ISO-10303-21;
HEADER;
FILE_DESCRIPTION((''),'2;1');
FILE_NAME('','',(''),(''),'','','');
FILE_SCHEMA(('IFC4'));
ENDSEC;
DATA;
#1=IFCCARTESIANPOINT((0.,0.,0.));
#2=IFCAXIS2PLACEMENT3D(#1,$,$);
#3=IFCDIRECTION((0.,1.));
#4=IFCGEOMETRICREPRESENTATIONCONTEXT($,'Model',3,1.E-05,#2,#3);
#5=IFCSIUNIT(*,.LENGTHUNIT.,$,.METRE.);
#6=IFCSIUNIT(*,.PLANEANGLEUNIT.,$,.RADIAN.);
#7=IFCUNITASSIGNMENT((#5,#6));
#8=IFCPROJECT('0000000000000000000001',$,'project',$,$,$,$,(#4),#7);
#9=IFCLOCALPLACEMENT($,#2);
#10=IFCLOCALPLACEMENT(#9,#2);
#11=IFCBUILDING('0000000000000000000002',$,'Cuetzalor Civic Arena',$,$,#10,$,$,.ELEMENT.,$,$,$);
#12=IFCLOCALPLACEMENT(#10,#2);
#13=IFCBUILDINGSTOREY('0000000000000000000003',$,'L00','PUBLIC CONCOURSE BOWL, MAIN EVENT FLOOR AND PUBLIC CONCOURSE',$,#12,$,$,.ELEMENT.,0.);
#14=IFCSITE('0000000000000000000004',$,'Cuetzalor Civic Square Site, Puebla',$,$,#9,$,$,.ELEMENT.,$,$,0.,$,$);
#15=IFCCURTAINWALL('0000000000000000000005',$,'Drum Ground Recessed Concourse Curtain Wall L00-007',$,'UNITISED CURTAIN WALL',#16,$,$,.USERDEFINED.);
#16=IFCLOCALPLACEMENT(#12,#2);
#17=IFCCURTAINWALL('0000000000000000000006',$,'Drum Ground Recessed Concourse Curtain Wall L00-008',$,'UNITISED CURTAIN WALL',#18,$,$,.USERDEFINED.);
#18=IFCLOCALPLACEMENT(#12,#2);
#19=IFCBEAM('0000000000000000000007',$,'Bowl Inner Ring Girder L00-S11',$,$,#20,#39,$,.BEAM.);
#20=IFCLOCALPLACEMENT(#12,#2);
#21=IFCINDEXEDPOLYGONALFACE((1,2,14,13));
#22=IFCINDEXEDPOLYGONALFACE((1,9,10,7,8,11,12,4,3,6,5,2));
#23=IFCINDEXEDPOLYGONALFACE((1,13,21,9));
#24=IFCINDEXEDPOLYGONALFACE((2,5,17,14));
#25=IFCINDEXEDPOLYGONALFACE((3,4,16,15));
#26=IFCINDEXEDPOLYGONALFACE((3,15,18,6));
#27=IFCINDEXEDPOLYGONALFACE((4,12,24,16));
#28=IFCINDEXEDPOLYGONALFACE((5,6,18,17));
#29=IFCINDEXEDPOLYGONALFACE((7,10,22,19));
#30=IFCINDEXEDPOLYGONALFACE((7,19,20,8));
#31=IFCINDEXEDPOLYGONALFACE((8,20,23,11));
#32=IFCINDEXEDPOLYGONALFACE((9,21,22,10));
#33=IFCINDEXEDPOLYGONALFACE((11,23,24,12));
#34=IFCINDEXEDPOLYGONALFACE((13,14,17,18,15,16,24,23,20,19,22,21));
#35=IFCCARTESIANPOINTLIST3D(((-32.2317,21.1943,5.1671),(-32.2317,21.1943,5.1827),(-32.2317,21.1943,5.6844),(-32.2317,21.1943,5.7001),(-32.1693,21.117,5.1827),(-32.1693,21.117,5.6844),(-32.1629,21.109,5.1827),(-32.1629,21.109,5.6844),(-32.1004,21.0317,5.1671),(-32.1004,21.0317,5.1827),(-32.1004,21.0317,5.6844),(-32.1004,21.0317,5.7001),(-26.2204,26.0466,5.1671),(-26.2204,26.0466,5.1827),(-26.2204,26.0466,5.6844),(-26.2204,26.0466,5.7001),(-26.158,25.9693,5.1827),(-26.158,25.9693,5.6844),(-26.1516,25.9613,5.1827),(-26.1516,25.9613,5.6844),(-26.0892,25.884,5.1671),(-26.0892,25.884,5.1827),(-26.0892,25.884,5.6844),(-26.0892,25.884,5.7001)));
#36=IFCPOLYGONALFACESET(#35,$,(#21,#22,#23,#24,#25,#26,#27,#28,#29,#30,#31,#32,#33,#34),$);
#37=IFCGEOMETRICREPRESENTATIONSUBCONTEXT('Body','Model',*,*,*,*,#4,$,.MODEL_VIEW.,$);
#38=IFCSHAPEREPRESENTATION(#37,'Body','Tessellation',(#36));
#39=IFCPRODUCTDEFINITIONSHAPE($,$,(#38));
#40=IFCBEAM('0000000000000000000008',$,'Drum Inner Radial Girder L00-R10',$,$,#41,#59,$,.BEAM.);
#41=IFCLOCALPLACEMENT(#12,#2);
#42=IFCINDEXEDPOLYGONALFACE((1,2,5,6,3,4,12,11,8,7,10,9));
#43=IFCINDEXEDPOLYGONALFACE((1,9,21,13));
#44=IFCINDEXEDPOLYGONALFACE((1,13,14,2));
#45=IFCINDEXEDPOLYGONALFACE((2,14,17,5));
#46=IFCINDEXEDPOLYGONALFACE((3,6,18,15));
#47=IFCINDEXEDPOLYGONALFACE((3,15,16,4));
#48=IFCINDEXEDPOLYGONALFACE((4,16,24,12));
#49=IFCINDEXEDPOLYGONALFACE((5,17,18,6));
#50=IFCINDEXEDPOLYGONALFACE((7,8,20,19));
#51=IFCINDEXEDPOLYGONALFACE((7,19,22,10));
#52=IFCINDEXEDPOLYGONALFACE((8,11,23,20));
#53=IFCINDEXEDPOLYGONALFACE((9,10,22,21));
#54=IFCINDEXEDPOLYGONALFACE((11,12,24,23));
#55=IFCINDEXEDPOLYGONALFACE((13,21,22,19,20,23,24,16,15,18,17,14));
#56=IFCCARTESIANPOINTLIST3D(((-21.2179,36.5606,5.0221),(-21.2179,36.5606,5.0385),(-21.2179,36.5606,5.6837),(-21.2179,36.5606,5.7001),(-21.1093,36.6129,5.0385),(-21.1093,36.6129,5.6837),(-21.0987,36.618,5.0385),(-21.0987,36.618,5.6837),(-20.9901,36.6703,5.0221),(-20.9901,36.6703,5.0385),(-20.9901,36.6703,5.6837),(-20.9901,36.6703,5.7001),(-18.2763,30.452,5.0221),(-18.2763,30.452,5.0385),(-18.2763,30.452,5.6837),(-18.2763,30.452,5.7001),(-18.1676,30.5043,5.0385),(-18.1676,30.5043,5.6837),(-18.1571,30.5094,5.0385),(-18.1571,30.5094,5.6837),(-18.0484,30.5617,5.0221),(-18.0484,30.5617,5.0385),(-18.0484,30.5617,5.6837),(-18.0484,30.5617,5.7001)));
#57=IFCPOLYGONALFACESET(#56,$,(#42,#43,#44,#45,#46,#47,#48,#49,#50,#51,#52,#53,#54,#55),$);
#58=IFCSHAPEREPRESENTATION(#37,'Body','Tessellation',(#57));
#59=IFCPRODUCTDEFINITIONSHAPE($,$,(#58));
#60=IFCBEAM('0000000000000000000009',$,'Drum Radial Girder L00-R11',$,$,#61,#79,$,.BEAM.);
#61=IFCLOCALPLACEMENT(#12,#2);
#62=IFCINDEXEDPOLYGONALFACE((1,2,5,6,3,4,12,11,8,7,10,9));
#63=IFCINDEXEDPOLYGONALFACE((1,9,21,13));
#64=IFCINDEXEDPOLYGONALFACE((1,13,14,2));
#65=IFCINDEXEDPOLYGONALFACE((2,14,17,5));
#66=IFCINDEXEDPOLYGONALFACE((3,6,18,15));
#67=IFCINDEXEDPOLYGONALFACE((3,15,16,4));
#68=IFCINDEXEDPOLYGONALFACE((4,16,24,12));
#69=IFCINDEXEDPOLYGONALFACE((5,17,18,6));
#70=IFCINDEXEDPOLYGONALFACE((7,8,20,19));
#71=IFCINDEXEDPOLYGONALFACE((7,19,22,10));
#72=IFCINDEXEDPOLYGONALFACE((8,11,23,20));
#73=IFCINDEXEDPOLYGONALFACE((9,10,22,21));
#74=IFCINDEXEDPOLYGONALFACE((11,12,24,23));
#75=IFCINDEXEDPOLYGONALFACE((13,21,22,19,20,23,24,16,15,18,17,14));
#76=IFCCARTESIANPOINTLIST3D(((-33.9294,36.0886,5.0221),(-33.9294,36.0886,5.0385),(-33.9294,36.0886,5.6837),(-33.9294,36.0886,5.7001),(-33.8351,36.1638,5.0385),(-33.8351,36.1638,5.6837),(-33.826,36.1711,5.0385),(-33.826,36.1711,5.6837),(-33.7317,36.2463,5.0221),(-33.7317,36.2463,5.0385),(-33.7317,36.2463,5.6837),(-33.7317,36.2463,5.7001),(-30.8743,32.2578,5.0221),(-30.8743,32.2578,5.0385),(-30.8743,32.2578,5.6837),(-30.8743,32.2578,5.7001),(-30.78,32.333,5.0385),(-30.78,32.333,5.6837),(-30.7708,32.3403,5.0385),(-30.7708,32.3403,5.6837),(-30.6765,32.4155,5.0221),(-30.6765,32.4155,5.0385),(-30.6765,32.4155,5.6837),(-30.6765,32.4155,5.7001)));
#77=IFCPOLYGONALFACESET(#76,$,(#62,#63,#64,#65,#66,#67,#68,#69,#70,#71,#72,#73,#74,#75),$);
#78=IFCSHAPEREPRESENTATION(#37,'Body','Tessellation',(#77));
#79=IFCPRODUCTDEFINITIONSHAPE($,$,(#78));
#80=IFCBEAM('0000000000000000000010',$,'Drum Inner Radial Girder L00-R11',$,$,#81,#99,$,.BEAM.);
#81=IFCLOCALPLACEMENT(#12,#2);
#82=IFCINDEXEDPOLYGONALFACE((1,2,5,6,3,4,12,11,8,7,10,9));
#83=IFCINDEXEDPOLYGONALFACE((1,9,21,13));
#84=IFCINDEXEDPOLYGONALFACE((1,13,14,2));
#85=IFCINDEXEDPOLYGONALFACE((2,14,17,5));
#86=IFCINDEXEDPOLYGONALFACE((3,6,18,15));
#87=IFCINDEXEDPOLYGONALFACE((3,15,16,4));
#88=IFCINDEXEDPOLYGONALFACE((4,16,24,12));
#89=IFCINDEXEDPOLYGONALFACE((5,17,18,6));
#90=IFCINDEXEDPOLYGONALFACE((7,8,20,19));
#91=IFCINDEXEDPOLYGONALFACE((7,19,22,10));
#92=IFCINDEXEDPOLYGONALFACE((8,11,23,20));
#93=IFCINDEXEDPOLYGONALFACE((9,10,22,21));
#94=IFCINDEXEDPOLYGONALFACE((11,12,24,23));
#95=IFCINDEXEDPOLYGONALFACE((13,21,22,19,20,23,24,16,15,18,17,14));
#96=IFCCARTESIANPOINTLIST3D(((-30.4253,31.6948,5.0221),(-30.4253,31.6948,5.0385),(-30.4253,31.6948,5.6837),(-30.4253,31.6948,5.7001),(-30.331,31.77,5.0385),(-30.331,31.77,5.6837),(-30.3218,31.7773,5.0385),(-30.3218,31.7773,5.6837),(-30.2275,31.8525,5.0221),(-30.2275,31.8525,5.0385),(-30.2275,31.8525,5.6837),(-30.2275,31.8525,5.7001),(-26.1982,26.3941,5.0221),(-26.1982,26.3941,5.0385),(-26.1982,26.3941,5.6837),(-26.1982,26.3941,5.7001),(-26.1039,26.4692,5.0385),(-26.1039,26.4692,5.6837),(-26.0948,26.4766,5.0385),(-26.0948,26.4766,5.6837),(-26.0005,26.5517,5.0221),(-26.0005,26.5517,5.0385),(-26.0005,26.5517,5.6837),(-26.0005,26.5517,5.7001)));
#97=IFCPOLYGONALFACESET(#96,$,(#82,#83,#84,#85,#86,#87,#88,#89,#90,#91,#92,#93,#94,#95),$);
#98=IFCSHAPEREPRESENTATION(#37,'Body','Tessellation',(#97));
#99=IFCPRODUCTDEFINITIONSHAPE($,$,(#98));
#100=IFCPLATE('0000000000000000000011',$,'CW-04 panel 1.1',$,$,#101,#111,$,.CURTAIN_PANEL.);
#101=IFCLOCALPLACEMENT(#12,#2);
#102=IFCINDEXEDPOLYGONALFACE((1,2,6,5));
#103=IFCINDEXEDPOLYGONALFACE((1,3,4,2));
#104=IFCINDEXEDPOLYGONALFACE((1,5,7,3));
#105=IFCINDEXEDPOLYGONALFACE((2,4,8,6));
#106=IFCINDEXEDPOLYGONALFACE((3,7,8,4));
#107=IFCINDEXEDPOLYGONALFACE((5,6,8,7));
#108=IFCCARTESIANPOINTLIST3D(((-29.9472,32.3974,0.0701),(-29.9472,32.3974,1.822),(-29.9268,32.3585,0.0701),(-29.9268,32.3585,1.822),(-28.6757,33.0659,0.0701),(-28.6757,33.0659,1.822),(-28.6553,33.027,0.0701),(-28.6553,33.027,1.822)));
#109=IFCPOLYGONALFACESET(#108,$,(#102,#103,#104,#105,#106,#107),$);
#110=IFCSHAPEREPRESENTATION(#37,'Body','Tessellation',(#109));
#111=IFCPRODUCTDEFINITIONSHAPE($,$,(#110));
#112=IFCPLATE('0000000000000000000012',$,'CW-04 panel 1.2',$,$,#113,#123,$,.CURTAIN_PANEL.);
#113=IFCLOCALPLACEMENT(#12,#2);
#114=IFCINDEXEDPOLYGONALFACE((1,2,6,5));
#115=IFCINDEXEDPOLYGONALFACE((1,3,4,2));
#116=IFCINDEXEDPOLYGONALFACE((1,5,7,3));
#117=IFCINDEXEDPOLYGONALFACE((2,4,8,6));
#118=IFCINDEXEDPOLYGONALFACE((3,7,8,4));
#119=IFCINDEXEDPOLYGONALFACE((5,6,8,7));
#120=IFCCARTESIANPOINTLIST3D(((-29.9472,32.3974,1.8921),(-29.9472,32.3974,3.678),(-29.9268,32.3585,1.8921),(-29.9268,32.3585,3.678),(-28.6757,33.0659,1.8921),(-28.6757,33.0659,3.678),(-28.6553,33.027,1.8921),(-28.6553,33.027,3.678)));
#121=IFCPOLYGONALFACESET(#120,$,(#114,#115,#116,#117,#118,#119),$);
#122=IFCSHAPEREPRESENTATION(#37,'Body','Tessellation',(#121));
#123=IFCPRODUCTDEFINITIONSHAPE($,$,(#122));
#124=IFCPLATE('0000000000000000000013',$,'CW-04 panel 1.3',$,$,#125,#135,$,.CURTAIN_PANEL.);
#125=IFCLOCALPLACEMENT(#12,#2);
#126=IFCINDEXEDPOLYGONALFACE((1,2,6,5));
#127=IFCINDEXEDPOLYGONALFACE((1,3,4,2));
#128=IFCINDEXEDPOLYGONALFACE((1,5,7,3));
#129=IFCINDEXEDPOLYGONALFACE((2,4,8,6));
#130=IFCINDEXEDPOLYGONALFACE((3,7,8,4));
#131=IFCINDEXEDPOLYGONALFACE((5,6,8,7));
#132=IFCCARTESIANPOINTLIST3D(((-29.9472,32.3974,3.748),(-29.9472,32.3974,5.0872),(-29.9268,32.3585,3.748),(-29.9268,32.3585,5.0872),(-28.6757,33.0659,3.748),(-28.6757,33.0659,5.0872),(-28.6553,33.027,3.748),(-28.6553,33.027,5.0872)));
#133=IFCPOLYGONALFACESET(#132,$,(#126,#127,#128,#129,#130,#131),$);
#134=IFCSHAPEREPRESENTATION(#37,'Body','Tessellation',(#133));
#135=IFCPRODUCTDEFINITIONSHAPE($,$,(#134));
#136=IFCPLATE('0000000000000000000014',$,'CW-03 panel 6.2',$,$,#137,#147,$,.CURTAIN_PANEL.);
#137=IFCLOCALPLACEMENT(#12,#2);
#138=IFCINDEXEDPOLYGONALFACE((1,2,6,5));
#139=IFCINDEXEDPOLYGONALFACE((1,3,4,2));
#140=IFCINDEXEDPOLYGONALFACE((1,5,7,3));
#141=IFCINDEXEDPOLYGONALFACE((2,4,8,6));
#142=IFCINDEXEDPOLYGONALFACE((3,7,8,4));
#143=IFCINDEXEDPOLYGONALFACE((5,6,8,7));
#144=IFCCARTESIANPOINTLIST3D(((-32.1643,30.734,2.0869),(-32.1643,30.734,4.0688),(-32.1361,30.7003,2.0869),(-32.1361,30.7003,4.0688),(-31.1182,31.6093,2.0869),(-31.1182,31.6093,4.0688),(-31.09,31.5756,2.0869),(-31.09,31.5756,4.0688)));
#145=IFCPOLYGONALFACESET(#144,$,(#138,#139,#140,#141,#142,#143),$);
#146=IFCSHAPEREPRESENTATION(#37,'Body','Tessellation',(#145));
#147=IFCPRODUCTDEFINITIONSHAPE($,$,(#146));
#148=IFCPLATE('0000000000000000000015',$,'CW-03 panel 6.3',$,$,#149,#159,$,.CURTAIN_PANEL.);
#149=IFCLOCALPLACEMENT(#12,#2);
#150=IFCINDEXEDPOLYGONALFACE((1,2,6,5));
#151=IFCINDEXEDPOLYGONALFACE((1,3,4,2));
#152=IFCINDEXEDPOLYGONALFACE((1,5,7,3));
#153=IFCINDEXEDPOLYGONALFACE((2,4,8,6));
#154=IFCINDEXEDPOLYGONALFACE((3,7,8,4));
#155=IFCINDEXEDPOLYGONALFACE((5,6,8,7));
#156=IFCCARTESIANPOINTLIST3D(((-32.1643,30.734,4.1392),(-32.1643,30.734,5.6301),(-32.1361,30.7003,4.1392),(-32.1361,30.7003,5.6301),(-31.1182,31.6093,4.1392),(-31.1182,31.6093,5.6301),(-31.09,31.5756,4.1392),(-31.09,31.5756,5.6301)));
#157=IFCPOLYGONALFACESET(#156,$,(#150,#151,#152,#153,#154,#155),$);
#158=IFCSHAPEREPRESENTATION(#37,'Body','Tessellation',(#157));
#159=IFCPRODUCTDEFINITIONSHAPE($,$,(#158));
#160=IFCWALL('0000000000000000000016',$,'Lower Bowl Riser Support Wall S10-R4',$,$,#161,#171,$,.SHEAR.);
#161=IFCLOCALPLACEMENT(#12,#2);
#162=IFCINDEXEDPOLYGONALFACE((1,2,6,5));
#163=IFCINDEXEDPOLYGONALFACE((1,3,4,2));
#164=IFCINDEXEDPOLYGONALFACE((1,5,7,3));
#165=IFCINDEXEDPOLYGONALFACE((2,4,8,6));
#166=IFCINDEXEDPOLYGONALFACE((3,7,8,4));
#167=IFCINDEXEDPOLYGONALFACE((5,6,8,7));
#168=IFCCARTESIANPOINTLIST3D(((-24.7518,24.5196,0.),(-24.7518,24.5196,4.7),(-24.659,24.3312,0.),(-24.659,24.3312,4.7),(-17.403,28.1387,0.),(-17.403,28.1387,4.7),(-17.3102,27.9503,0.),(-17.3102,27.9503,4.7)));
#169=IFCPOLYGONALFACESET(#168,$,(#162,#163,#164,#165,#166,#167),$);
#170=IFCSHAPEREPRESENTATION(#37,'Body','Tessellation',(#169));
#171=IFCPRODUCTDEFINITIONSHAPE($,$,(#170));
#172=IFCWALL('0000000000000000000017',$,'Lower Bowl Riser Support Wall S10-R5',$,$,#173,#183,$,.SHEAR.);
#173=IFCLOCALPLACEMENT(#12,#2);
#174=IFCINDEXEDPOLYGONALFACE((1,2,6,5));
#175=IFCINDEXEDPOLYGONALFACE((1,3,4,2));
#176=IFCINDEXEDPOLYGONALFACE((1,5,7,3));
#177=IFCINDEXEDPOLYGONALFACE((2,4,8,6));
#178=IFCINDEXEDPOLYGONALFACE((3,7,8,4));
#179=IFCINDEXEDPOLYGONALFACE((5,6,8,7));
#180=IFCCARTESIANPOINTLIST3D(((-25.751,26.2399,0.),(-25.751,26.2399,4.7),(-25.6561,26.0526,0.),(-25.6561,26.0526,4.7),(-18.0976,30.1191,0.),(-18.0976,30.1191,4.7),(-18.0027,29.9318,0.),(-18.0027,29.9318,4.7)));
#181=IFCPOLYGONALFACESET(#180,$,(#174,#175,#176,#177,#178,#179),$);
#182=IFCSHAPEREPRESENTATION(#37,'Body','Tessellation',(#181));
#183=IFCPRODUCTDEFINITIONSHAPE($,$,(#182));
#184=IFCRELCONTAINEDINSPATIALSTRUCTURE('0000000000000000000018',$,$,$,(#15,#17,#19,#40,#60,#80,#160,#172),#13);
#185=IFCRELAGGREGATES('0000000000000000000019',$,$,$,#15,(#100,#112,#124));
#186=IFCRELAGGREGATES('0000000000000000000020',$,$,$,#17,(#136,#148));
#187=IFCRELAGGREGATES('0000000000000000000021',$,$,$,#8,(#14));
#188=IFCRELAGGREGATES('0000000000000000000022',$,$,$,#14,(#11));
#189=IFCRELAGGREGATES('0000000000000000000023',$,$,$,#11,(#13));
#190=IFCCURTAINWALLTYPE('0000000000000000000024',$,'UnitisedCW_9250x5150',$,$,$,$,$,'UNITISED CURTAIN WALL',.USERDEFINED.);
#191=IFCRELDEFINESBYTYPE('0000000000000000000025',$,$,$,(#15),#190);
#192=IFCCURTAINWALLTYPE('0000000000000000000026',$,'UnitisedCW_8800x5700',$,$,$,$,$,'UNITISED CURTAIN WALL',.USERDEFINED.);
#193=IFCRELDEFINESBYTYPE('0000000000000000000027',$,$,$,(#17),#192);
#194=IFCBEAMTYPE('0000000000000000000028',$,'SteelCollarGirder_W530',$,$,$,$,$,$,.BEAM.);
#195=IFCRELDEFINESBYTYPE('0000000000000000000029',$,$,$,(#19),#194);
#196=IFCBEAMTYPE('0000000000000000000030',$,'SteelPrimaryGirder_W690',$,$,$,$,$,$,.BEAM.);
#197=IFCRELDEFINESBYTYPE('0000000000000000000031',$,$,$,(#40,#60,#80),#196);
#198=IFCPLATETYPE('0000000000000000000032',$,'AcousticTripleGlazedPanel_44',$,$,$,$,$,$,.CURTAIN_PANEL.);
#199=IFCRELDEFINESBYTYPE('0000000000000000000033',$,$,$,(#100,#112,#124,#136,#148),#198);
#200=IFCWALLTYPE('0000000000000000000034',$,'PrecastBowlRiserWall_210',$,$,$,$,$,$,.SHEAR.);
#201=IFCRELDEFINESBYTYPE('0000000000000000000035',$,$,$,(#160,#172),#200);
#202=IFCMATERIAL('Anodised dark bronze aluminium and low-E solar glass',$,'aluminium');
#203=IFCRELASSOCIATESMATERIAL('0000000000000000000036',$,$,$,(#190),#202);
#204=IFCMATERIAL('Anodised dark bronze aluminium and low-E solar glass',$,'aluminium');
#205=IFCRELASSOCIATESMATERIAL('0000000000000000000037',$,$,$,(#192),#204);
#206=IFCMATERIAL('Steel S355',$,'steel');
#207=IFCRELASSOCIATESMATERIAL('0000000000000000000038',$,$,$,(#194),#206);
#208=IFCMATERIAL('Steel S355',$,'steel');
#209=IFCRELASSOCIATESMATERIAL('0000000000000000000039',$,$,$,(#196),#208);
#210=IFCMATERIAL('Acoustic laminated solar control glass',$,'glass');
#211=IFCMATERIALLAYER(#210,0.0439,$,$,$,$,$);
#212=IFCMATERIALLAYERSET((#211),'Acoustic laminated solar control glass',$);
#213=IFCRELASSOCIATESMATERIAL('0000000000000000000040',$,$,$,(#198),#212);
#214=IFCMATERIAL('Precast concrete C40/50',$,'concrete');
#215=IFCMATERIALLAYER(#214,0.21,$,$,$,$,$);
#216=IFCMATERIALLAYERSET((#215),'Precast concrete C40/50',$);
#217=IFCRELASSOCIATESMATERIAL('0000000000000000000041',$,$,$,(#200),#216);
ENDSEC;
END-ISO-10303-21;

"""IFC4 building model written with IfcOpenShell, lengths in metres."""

from ifc_helpers import new_model, si_unit, direction, frame, frame_2d, origin, origin_2d, place, context, subcontext, project, spatial, rectangle, i_section, extrude, material, layer, layer_set, material_profile, profile_set, type_object, element, aggregate, save


model = new_model("IFC4")

# Units and contexts
model_context = context("Model", 3, precision=1e-05, world=origin(), true_north=direction((0.0, 1.0)))
body_context = subcontext(model_context, "Body", "Model", "MODEL_VIEW")
ifc_project = project(units=[si_unit("LENGTHUNIT", "METRE"), si_unit("PLANEANGLEUNIT", "RADIAN")], contexts=[model_context])

# Site, building, storey
site_placement = place(None, origin())
site = spatial("IfcSite", under=ifc_project, at=site_placement, Name="Cuetzalor Civic Square Site, Puebla", CompositionType="ELEMENT", RefElevation=0.0)
building_placement = place(site_placement, origin())
building = spatial("IfcBuilding", under=site, at=building_placement, Name="Cuetzalor Civic Arena", CompositionType="ELEMENT")
storey_placement = place(building_placement, origin())
storey = spatial("IfcBuildingStorey", under=building, at=storey_placement, Name="L00", Description="PUBLIC CONCOURSE BOWL, MAIN EVENT FLOOR AND PUBLIC CONCOURSE", CompositionType="ELEMENT", Elevation=0.0)

# Curtain wall
ifc_material_1 = material(Name="Anodised dark bronze aluminium and low-E solar glass", Category="aluminium")
curtain_wall_type_1 = type_object("IfcCurtainWallType", Name="UnitisedCW_9250x5150", ElementType="UNITISED CURTAIN WALL", PredefinedType="USERDEFINED", material=ifc_material_1)
curtain_wall_1_placement = place(storey_placement, origin())
curtain_wall_1 = element("IfcCurtainWall", 1, at=curtain_wall_1_placement, inside=storey, type_object=curtain_wall_type_1, Name="Drum Ground Recessed Concourse Curtain Wall L00-007", ObjectType="UNITISED CURTAIN WALL", PredefinedType="USERDEFINED")

# Curtain wall
ifc_material_2 = material(Name="Anodised dark bronze aluminium and low-E solar glass", Category="aluminium")
curtain_wall_type_2 = type_object("IfcCurtainWallType", Name="UnitisedCW_8800x5700", ElementType="UNITISED CURTAIN WALL", PredefinedType="USERDEFINED", material=ifc_material_2)
curtain_wall_2_placement = place(storey_placement, origin())
curtain_wall_2 = element("IfcCurtainWall", 2, at=curtain_wall_2_placement, inside=storey, type_object=curtain_wall_type_2, Name="Drum Ground Recessed Concourse Curtain Wall L00-008", ObjectType="UNITISED CURTAIN WALL", PredefinedType="USERDEFINED")

# Beams
ifc_material_3 = material(Name="Steel S355", Category="steel")
ifc_material_profile_1 = material_profile(ifc_material_3, i_section(OverallWidth=0.209, OverallDepth=0.533, WebThickness=0.0103, FlangeThickness=0.0156, at=origin_2d()), Name="W530x92")
ifc_profile_set_1 = profile_set([ifc_material_profile_1], Name="Steel S355")
beam_type_1 = type_object("IfcBeamType", Name="SteelCollarGirder_W530", PredefinedType="BEAM", material=ifc_profile_set_1)
beam_1_placement = place(storey_placement, frame((-26.1548, 25.9653, 5.4336), z_axis=(-0.778127, -0.628108, 0.0), x_axis=(0.628108, -0.778127, 0.0)))
element("IfcBeam", 3, at=beam_1_placement, inside=storey, type_object=beam_type_1, Name="Bowl Inner Ring Girder L00-S11", PredefinedType="BEAM", context=body_context, shape_type="SweptSolid", body=[
    extrude(i_section(OverallWidth=0.209, OverallDepth=0.533, WebThickness=0.0103, FlangeThickness=0.0156, at=origin_2d()), origin(), (0.0, 0.0, 1.0), 7.7253),
])
ifc_material_4 = material(Name="Steel S355", Category="steel")
ifc_material_profile_2 = material_profile(ifc_material_4, i_section(OverallWidth=0.2529, OverallDepth=0.678, WebThickness=0.0117, FlangeThickness=0.0164, at=origin_2d()), Name="W690x125")
ifc_profile_set_2 = profile_set([ifc_material_profile_2], Name="Steel S355")
beam_type_2 = type_object("IfcBeamType", Name="SteelPrimaryGirder_W690", PredefinedType="BEAM", material=ifc_profile_set_2)
beam_2_placement = place(storey_placement, frame((-18.1624, 30.5068, 5.3611), z_axis=(-0.43387, 0.900976, 0.0), x_axis=(-0.900976, -0.43387, 0.0)))
element("IfcBeam", 4, at=beam_2_placement, inside=storey, type_object=beam_type_2, Name="Drum Inner Radial Girder L00-R10", PredefinedType="BEAM", context=body_context, shape_type="SweptSolid", body=[
    extrude(i_section(OverallWidth=0.2529, OverallDepth=0.678, WebThickness=0.0117, FlangeThickness=0.0164, at=origin_2d()), origin(), (0.0, 0.0, 1.0), 6.78),
])
beam_3_placement = place(storey_placement, frame((-30.7754, 32.3367, 5.3611), z_axis=(-0.623516, 0.781811, 0.0), x_axis=(-0.781811, -0.623516, 0.0)))
element("IfcBeam", 5, at=beam_3_placement, inside=storey, type_object=beam_type_2, Name="Drum Radial Girder L00-R11", PredefinedType="BEAM", context=body_context, shape_type="SweptSolid", body=[
    extrude(i_section(OverallWidth=0.2529, OverallDepth=0.678, WebThickness=0.0117, FlangeThickness=0.0164, at=origin_2d()), origin(), (0.0, 0.0, 1.0), 4.8999),
])
beam_4_placement = place(storey_placement, frame((-26.0994, 26.4729, 5.3611), z_axis=(-0.623473, 0.781845, 0.0), x_axis=(-0.781845, -0.623473, 0.0)))
element("IfcBeam", 6, at=beam_4_placement, inside=storey, type_object=beam_type_2, Name="Drum Inner Radial Girder L00-R11", PredefinedType="BEAM", context=body_context, shape_type="SweptSolid", body=[
    extrude(i_section(OverallWidth=0.2529, OverallDepth=0.678, WebThickness=0.0117, FlangeThickness=0.0164, at=origin_2d()), origin(), (0.0, 0.0, 1.0), 6.7798),
])

# Plates
ifc_material_5 = material(Name="Acoustic laminated solar control glass", Category="glass")
ifc_layer_1 = layer(ifc_material_5, 0.0439)
ifc_layer_set_1 = layer_set([ifc_layer_1], Name="Acoustic laminated solar control glass")
plate_type = type_object("IfcPlateType", Name="AcousticTripleGlazedPanel_44", PredefinedType="CURTAIN_PANEL", material=ifc_layer_set_1)
plate_1_placement = place(storey_placement, frame((-29.3013, 32.7122, 0.0701), z_axis=(0.0, 0.0, 1.0), x_axis=(0.885118, 0.465366, 0.0)))
plate_1 = element("IfcPlate", 7, at=plate_1_placement, type_object=plate_type, Name="CW-04 panel 1.1", PredefinedType="CURTAIN_PANEL", context=body_context, shape_type="SweptSolid", body=[
    extrude(rectangle(XDim=1.4365, YDim=0.0439, at=origin_2d()), origin(), (0.0, 0.0, 1.0), 1.752),
])
plate_2_placement = place(storey_placement, frame((-29.3013, 32.7122, 1.8921), z_axis=(0.0, 0.0, 1.0), x_axis=(0.885118, 0.465366, 0.0)))
plate_2 = element("IfcPlate", 8, at=plate_2_placement, type_object=plate_type, Name="CW-04 panel 1.2", PredefinedType="CURTAIN_PANEL", context=body_context, shape_type="SweptSolid", body=[
    extrude(rectangle(XDim=1.4365, YDim=0.0439, at=origin_2d()), origin(), (0.0, 0.0, 1.0), 1.7859),
])
plate_3_placement = place(storey_placement, frame((-29.3013, 32.7122, 3.748), z_axis=(0.0, 0.0, 1.0), x_axis=(0.885118, 0.465366, 0.0)))
plate_3 = element("IfcPlate", 9, at=plate_3_placement, type_object=plate_type, Name="CW-04 panel 1.3", PredefinedType="CURTAIN_PANEL", context=body_context, shape_type="SweptSolid", body=[
    extrude(rectangle(XDim=1.4365, YDim=0.0439, at=origin_2d()), origin(), (0.0, 0.0, 1.0), 1.3391),
])
aggregate(curtain_wall_1, [plate_1, plate_2, plate_3])
plate_4_placement = place(storey_placement, frame((-31.6272, 31.1548, 2.0869), z_axis=(0.0, 0.0, 1.0), x_axis=(0.766928, 0.641733, 0.0)))
plate_4 = element("IfcPlate", 10, at=plate_4_placement, type_object=plate_type, Name="CW-03 panel 6.2", PredefinedType="CURTAIN_PANEL", context=body_context, shape_type="SweptSolid", body=[
    extrude(rectangle(XDim=1.364, YDim=0.0439, at=origin_2d()), origin(), (0.0, 0.0, 1.0), 1.9819),
])
plate_5_placement = place(storey_placement, frame((-31.6272, 31.1548, 4.1392), z_axis=(0.0, 0.0, 1.0), x_axis=(0.766928, 0.641733, 0.0)))
plate_5 = element("IfcPlate", 11, at=plate_5_placement, type_object=plate_type, Name="CW-03 panel 6.3", PredefinedType="CURTAIN_PANEL", context=body_context, shape_type="SweptSolid", body=[
    extrude(rectangle(XDim=1.364, YDim=0.0439, at=origin_2d()), origin(), (0.0, 0.0, 1.0), 1.491),
])
aggregate(curtain_wall_2, [plate_4, plate_5])

# Walls
ifc_material_6 = material(Name="Precast concrete C40/50", Category="concrete")
ifc_layer_2 = layer(ifc_material_6, 0.21)
ifc_layer_set_2 = layer_set([ifc_layer_2], Name="Precast concrete C40/50")
wall_type = type_object("IfcWallType", Name="PrecastBowlRiserWall_210", PredefinedType="SHEAR", material=ifc_layer_set_2)
wall_1_placement = place(storey_placement, frame((-17.3567, 28.0444, 0.0), z_axis=(0.0, 0.0, 1.0), x_axis=(-0.897111, -0.441805, 0.0)))
element("IfcWall", 12, at=wall_1_placement, inside=storey, type_object=wall_type, Name="Lower Bowl Riser Support Wall S10-R4", PredefinedType="SHEAR", context=body_context, shape_type="SweptSolid", body=[
    extrude(rectangle(XDim=8.1917, YDim=0.21, at=frame_2d((4.0957, 0.0))), origin(), (0.0, 0.0, 1.0), 4.7),
])
wall_2_placement = place(storey_placement, frame((-18.0503, 30.0254, 0.0), z_axis=(0.0, 0.0, 1.0), x_axis=(-0.891967, -0.452101, 0.0)))
element("IfcWall", 13, at=wall_2_placement, inside=storey, type_object=wall_type, Name="Lower Bowl Riser Support Wall S10-R5", PredefinedType="SHEAR", context=body_context, shape_type="SweptSolid", body=[
    extrude(rectangle(XDim=8.5803, YDim=0.21, at=frame_2d((4.29, 0.0))), origin(), (0.0, 0.0, 1.0), 4.7),
])

save(model, "model.ifc")
